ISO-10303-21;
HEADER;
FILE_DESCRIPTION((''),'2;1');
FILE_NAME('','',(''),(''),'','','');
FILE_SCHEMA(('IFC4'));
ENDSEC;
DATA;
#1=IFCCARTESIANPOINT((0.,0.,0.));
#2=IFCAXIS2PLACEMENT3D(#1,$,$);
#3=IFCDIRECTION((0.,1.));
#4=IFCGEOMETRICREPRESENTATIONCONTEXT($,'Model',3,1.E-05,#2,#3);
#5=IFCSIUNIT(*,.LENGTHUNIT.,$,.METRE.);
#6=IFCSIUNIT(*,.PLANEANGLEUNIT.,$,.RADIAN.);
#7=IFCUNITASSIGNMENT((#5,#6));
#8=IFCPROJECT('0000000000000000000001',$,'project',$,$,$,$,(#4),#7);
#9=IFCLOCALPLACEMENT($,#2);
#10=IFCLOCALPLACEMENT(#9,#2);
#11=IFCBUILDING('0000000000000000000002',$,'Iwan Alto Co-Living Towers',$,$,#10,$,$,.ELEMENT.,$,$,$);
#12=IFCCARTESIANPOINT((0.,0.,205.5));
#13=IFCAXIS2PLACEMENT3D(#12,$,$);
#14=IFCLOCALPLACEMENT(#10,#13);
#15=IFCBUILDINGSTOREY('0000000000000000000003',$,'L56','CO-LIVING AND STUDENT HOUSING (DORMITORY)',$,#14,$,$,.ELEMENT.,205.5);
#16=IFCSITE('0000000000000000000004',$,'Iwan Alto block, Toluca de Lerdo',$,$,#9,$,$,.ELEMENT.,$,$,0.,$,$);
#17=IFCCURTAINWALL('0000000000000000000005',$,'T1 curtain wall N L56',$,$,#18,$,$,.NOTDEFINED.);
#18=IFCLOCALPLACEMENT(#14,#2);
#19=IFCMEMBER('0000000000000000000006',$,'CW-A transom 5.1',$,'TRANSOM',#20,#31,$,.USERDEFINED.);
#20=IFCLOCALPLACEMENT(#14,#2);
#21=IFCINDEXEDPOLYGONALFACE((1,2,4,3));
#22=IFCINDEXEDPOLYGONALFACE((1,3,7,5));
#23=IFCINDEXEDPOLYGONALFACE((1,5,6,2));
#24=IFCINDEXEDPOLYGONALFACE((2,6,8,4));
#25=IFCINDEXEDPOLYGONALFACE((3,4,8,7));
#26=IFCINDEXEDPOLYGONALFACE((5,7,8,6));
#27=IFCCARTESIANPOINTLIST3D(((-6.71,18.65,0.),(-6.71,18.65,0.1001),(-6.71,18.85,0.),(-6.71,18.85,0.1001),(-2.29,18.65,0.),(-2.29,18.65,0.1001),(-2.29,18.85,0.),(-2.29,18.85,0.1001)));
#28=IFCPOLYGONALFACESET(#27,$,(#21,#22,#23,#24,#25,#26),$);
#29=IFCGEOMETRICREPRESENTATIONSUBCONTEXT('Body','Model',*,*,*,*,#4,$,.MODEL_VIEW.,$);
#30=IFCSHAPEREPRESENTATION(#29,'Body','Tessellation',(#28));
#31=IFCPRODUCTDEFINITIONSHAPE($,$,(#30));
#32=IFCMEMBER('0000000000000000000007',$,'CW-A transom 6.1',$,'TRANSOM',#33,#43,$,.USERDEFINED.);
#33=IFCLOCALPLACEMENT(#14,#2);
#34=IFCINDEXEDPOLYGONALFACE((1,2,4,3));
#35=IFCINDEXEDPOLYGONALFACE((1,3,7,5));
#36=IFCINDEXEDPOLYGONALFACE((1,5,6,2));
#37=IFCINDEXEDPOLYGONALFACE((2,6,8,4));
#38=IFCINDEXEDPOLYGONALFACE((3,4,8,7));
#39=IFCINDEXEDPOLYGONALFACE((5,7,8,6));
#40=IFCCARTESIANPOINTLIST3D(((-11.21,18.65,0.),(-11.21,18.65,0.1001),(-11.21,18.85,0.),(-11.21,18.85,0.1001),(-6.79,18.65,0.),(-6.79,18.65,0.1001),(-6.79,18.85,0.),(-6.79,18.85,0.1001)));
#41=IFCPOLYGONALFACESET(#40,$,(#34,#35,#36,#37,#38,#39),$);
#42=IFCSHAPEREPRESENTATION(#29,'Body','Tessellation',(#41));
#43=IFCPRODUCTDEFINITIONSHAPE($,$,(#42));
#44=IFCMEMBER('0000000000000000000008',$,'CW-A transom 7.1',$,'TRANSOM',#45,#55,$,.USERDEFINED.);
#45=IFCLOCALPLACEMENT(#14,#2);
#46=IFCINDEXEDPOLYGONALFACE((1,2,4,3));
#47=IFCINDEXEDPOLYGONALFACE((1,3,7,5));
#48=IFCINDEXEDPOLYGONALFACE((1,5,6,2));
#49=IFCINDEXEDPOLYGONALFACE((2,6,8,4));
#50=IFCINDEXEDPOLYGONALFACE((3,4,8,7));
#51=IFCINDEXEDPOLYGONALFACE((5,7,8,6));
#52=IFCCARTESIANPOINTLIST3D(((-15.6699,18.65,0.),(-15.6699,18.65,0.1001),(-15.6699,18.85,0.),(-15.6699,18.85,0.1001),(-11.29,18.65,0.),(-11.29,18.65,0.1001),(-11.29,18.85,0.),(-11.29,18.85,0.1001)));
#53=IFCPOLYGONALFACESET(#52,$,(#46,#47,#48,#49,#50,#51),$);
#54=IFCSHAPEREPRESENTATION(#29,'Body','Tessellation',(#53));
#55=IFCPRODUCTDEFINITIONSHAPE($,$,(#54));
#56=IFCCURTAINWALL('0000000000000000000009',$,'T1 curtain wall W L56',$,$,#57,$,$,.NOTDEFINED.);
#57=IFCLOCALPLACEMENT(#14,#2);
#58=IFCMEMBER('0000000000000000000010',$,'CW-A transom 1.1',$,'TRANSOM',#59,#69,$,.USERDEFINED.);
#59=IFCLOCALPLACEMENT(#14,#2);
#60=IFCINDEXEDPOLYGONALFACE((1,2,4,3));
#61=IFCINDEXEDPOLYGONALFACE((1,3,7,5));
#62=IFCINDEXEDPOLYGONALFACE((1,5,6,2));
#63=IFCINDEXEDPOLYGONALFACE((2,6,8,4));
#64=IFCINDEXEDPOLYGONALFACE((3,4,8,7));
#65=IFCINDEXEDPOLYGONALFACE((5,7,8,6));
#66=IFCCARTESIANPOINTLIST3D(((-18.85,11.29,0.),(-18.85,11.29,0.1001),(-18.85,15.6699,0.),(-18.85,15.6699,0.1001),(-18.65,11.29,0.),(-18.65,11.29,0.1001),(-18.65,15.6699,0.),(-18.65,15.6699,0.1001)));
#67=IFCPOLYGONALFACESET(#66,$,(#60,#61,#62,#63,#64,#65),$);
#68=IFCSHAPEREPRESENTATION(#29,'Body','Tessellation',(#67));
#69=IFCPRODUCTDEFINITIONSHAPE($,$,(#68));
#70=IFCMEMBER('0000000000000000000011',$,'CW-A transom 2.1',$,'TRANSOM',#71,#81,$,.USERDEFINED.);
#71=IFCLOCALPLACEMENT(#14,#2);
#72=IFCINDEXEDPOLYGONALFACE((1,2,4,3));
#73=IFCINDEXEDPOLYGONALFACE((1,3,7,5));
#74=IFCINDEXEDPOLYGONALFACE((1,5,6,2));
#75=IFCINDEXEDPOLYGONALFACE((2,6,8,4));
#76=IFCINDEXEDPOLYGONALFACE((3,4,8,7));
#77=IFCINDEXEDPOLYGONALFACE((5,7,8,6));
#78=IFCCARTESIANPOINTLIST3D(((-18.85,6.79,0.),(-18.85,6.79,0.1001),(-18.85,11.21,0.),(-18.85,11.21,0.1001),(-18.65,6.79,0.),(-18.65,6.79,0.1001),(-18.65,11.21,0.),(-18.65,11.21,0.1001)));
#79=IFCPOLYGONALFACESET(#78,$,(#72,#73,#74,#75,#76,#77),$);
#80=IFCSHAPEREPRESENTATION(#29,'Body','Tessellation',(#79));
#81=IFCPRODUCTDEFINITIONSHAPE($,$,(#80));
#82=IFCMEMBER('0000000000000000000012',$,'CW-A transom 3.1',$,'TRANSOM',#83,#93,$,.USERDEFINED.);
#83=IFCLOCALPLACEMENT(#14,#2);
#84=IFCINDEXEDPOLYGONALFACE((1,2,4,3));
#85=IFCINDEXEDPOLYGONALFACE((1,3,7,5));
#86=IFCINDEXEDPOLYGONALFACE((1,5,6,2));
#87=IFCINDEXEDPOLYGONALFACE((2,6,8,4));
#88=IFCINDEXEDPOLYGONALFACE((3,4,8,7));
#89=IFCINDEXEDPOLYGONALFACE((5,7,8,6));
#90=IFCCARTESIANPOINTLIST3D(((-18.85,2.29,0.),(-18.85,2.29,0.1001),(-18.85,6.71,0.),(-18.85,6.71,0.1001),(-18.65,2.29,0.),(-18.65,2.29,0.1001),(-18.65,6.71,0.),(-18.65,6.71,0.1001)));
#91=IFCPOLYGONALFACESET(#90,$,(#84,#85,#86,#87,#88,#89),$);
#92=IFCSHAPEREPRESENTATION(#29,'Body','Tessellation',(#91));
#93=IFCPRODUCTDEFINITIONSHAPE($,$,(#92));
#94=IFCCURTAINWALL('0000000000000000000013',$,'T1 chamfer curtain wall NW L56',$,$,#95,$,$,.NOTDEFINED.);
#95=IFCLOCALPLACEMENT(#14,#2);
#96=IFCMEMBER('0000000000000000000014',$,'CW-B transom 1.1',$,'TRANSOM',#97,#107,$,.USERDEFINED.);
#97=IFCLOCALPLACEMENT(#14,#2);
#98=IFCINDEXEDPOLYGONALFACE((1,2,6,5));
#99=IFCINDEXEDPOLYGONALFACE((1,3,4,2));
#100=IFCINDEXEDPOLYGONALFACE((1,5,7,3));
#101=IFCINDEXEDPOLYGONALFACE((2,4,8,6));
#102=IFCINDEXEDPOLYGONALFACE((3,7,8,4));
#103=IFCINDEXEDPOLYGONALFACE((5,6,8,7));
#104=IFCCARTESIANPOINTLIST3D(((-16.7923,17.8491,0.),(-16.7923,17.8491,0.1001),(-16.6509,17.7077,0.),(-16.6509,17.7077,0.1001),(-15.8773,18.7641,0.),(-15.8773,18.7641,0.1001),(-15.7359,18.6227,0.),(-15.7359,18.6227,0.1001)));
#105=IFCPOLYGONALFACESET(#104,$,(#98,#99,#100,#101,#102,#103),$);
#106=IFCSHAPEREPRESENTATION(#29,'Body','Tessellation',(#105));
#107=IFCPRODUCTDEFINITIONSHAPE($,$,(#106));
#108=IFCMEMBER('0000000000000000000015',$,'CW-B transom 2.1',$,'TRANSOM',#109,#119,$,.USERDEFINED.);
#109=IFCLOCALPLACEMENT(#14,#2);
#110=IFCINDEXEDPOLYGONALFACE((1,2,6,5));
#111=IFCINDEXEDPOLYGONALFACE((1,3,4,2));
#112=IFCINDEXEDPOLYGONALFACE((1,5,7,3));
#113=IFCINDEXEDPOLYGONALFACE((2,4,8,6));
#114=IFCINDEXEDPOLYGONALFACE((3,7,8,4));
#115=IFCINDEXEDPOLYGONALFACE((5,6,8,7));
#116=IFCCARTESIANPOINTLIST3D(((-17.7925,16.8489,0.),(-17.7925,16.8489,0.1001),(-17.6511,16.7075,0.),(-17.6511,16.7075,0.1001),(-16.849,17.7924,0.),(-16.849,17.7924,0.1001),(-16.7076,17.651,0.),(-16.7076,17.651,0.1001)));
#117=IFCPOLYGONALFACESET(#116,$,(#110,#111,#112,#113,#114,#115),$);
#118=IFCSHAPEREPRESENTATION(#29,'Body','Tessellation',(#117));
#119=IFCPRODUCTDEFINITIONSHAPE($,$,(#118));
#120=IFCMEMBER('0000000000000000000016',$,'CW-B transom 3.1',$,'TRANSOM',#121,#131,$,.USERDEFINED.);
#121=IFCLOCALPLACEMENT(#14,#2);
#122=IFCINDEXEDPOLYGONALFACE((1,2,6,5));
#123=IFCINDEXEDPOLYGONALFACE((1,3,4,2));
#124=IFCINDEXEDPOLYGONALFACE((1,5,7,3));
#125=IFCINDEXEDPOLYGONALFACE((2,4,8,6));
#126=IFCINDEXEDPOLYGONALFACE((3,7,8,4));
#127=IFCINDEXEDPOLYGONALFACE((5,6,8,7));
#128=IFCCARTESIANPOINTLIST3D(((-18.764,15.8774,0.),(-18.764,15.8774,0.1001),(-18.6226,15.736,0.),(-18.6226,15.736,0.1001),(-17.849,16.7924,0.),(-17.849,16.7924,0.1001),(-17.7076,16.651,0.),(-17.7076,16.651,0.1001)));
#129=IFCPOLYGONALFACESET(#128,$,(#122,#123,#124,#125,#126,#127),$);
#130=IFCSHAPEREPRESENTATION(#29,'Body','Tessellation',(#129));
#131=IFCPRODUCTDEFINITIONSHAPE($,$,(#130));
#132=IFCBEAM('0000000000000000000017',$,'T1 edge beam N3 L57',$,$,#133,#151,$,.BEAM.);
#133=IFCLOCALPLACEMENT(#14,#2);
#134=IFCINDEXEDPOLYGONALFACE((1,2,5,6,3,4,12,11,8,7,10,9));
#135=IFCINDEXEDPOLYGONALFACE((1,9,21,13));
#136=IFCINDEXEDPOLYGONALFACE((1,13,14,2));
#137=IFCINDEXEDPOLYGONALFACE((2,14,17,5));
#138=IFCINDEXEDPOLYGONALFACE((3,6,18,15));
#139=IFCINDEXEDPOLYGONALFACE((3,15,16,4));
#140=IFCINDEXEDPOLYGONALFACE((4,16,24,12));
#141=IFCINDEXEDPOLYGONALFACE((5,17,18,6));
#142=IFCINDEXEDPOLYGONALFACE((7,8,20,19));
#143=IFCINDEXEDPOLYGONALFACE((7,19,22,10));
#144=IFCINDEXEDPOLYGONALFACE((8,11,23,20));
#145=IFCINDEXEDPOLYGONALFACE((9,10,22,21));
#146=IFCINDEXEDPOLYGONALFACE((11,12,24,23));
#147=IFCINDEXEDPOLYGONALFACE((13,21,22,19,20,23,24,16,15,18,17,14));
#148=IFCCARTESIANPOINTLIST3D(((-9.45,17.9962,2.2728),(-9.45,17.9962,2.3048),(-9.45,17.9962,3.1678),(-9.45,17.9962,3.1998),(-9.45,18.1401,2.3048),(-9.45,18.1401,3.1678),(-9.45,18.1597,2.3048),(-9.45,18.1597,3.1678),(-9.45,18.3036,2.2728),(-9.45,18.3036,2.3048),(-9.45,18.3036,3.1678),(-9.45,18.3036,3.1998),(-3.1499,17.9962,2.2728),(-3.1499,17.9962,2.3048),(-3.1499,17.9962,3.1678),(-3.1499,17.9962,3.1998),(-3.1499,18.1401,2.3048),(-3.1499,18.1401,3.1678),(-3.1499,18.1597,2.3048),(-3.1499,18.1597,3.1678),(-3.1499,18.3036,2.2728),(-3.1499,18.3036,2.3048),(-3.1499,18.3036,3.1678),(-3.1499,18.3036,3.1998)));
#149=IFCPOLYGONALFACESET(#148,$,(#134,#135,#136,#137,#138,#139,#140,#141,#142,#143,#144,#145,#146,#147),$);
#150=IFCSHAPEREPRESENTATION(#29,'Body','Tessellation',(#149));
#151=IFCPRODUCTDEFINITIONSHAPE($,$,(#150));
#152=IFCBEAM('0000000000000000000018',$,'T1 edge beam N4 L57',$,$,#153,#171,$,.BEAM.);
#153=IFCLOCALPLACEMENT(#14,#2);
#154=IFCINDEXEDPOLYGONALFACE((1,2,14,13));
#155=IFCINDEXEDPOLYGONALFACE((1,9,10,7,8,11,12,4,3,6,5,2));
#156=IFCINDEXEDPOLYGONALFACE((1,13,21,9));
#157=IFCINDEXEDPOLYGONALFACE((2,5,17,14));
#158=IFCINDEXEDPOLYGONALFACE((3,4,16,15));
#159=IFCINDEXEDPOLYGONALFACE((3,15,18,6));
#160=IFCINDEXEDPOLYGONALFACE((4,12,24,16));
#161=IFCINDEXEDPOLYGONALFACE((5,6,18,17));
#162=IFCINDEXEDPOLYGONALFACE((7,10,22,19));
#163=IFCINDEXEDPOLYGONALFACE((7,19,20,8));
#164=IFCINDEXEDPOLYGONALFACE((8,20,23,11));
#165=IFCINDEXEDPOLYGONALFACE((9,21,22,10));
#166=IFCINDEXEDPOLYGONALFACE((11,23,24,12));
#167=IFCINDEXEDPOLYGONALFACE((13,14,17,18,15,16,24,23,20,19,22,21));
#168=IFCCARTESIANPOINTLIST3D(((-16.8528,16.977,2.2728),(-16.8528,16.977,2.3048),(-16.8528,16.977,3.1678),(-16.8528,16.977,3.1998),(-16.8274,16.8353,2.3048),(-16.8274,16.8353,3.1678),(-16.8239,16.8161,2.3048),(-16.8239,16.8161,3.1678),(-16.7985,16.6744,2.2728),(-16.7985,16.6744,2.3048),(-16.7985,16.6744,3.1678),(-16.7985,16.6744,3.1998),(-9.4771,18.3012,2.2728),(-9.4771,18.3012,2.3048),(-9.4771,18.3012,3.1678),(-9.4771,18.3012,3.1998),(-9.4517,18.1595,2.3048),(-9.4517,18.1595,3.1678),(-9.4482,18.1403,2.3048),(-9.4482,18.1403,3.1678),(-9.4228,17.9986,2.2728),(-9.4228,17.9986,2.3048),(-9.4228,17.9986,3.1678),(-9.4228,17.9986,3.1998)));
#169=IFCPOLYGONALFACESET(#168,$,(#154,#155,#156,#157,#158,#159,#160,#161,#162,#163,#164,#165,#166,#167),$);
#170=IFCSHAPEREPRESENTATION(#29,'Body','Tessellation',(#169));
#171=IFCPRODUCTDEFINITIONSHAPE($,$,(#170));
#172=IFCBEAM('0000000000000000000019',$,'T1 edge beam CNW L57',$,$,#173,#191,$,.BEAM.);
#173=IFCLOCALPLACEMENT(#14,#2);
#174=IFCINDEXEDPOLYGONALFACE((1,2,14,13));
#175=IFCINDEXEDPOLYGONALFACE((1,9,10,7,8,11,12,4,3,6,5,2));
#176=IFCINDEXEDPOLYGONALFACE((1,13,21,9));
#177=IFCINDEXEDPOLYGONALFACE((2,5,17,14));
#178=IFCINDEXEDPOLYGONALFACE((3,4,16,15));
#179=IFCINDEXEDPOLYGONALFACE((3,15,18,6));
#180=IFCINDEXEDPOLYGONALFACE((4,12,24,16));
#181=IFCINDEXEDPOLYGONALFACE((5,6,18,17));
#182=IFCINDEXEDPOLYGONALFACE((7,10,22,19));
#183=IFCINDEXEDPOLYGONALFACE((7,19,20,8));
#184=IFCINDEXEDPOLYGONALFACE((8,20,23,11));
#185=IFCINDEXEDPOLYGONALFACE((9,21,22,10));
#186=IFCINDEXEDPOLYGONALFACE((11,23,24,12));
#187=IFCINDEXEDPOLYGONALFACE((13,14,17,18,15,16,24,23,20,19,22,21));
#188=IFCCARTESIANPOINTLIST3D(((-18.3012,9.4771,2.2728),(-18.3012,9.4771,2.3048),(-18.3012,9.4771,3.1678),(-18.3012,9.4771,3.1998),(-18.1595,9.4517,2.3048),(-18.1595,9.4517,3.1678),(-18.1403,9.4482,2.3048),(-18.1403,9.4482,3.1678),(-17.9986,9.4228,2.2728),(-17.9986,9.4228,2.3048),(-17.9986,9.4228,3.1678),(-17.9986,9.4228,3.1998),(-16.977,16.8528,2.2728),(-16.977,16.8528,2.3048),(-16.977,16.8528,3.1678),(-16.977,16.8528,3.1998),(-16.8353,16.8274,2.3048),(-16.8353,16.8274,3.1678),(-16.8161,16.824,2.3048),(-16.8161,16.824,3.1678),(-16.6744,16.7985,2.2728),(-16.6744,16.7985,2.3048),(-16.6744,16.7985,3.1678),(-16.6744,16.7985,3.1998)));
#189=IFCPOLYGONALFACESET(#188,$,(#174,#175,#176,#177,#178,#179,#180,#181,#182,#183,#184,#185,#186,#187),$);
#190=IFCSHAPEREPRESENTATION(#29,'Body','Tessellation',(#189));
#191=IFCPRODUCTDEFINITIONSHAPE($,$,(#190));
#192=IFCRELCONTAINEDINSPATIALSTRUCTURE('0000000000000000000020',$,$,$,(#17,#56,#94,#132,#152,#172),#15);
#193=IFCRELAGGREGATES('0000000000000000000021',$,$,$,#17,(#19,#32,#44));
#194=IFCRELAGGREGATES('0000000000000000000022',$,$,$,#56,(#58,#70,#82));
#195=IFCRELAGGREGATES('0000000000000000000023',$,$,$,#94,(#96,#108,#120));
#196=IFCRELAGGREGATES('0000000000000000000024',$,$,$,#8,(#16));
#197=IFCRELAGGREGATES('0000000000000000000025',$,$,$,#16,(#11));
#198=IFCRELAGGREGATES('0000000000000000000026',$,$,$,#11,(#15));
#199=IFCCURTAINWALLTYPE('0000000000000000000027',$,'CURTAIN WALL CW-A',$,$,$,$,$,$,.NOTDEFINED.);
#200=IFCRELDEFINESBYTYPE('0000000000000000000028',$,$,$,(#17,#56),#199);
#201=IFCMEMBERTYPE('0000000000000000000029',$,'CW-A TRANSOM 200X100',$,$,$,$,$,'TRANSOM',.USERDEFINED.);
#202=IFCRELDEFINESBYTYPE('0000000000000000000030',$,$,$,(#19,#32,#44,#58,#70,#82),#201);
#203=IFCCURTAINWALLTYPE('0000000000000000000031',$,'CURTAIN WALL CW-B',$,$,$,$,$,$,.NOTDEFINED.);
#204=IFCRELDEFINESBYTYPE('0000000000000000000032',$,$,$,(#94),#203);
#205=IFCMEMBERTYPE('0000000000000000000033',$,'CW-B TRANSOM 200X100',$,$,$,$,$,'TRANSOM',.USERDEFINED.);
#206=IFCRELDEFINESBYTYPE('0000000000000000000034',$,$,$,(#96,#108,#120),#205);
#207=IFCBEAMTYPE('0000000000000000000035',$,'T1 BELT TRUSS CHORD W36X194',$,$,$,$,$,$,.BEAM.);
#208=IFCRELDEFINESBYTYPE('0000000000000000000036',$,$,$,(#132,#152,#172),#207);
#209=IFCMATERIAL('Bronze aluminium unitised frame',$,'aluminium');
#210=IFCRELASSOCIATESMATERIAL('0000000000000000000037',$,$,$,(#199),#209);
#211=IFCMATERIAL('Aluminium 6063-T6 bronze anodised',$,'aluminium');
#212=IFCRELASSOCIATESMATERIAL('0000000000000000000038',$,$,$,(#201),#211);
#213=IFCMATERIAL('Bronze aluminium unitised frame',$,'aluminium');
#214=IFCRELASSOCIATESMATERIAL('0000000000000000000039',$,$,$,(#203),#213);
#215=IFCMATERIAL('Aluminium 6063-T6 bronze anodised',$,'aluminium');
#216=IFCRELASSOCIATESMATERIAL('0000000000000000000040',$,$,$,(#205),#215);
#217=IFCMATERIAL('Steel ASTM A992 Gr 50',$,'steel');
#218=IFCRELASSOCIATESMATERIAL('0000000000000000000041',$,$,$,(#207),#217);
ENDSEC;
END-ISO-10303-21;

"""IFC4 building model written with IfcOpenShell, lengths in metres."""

from ifc_helpers import new_model, si_unit, direction, frame, origin, origin_2d, place, context, subcontext, project, spatial, rectangle, i_section, extrude, material, material_profile, profile_set, type_object, element, aggregate, save


model = new_model("IFC4")

# Units and contexts
model_context = context("Model", 3, precision=1e-05, world=origin(), true_north=direction((0.0, 1.0)))
body_context = subcontext(model_context, "Body", "Model", "MODEL_VIEW")
ifc_project = project(units=[si_unit("LENGTHUNIT", "METRE"), si_unit("PLANEANGLEUNIT", "RADIAN")], contexts=[model_context])

# Site, building, storey
site_placement = place(None, origin())
site = spatial("IfcSite", under=ifc_project, at=site_placement, Name="Iwan Alto block, Toluca de Lerdo", CompositionType="ELEMENT", RefElevation=0.0)
building_placement = place(site_placement, origin())
building = spatial("IfcBuilding", under=site, at=building_placement, Name="Iwan Alto Co-Living Towers", CompositionType="ELEMENT")
storey_placement = place(building_placement, frame((0.0, 0.0, 205.5)))
storey = spatial("IfcBuildingStorey", under=building, at=storey_placement, Name="L56", Description="CO-LIVING AND STUDENT HOUSING (DORMITORY)", CompositionType="ELEMENT", Elevation=205.5)

# Curtain walls, members
ifc_material_1 = material(Name="Bronze aluminium unitised frame", Category="aluminium")
curtain_wall_type_1 = type_object("IfcCurtainWallType", Name="CURTAIN WALL CW-A", PredefinedType="NOTDEFINED", material=ifc_material_1)
curtain_wall_1_placement = place(storey_placement, origin())
curtain_wall_1 = element("IfcCurtainWall", 1, at=curtain_wall_1_placement, inside=storey, type_object=curtain_wall_type_1, Name="T1 curtain wall N L56", PredefinedType="NOTDEFINED")
ifc_material_2 = material(Name="Aluminium 6063-T6 bronze anodised", Category="aluminium")
ifc_material_profile_1 = material_profile(ifc_material_2, rectangle(XDim=0.2, YDim=0.1001, at=origin_2d()), Name="AL 200X100")
ifc_profile_set_1 = profile_set([ifc_material_profile_1], Name="Aluminium 6063-T6 bronze anodised")
member_type_1 = type_object("IfcMemberType", Name="CW-A TRANSOM 200X100", ElementType="TRANSOM", PredefinedType="USERDEFINED", material=ifc_profile_set_1)
member_1_placement = place(storey_placement, frame((-2.29, 18.75, 0.05), z_axis=(-1.0, 0.0, 0.0), x_axis=(0.0, -1.0, 0.0)))
member_1 = element("IfcMember", 2, at=member_1_placement, type_object=member_type_1, Name="CW-A transom 5.1", ObjectType="TRANSOM", PredefinedType="USERDEFINED", context=body_context, shape_type="SweptSolid", body=[
    extrude(rectangle(XDim=0.2, YDim=0.1001, at=origin_2d()), origin(), (0.0, 0.0, 1.0), 4.4199),
])
member_2_placement = place(storey_placement, frame((-6.79, 18.75, 0.05), z_axis=(-1.0, 0.0, 0.0), x_axis=(0.0, -1.0, 0.0)))
member_2 = element("IfcMember", 3, at=member_2_placement, type_object=member_type_1, Name="CW-A transom 6.1", ObjectType="TRANSOM", PredefinedType="USERDEFINED", context=body_context, shape_type="SweptSolid", body=[
    extrude(rectangle(XDim=0.2, YDim=0.1001, at=origin_2d()), origin(), (0.0, 0.0, 1.0), 4.4199),
])
member_3_placement = place(storey_placement, frame((-11.29, 18.75, 0.05), z_axis=(-1.0, 0.0, 0.0), x_axis=(0.0, -1.0, 0.0)))
member_3 = element("IfcMember", 4, at=member_3_placement, type_object=member_type_1, Name="CW-A transom 7.1", ObjectType="TRANSOM", PredefinedType="USERDEFINED", context=body_context, shape_type="SweptSolid", body=[
    extrude(rectangle(XDim=0.2, YDim=0.1001, at=origin_2d()), origin(), (0.0, 0.0, 1.0), 4.3799),
])
curtain_wall_2_placement = place(storey_placement, origin())
curtain_wall_2 = element("IfcCurtainWall", 5, at=curtain_wall_2_placement, inside=storey, type_object=curtain_wall_type_1, Name="T1 curtain wall W L56", PredefinedType="NOTDEFINED")
member_4_placement = place(storey_placement, frame((-18.75, 15.6699, 0.05), z_axis=(0.0, -1.0, 0.0), x_axis=(1.0, 0.0, 0.0)))
member_4 = element("IfcMember", 6, at=member_4_placement, type_object=member_type_1, Name="CW-A transom 1.1", ObjectType="TRANSOM", PredefinedType="USERDEFINED", context=body_context, shape_type="SweptSolid", body=[
    extrude(rectangle(XDim=0.2, YDim=0.1001, at=origin_2d()), origin(), (0.0, 0.0, 1.0), 4.3799),
])
member_5_placement = place(storey_placement, frame((-18.75, 11.21, 0.05), z_axis=(0.0, -1.0, 0.0), x_axis=(1.0, 0.0, 0.0)))
member_5 = element("IfcMember", 7, at=member_5_placement, type_object=member_type_1, Name="CW-A transom 2.1", ObjectType="TRANSOM", PredefinedType="USERDEFINED", context=body_context, shape_type="SweptSolid", body=[
    extrude(rectangle(XDim=0.2, YDim=0.1001, at=origin_2d()), origin(), (0.0, 0.0, 1.0), 4.4199),
])
member_6_placement = place(storey_placement, frame((-18.75, 6.71, 0.05), z_axis=(0.0, -1.0, 0.0), x_axis=(1.0, 0.0, 0.0)))
member_6 = element("IfcMember", 8, at=member_6_placement, type_object=member_type_1, Name="CW-A transom 3.1", ObjectType="TRANSOM", PredefinedType="USERDEFINED", context=body_context, shape_type="SweptSolid", body=[
    extrude(rectangle(XDim=0.2, YDim=0.1001, at=origin_2d()), origin(), (0.0, 0.0, 1.0), 4.4199),
])
ifc_material_3 = material(Name="Bronze aluminium unitised frame", Category="aluminium")
curtain_wall_type_2 = type_object("IfcCurtainWallType", Name="CURTAIN WALL CW-B", PredefinedType="NOTDEFINED", material=ifc_material_3)
curtain_wall_3_placement = place(storey_placement, origin())
curtain_wall_3 = element("IfcCurtainWall", 9, at=curtain_wall_3_placement, inside=storey, type_object=curtain_wall_type_2, Name="T1 chamfer curtain wall NW L56", PredefinedType="NOTDEFINED")
ifc_material_4 = material(Name="Aluminium 6063-T6 bronze anodised", Category="aluminium")
ifc_material_profile_2 = material_profile(ifc_material_4, rectangle(XDim=0.2, YDim=0.1001, at=origin_2d()), Name="AL 200X100")
ifc_profile_set_2 = profile_set([ifc_material_profile_2], Name="Aluminium 6063-T6 bronze anodised")
member_type_2 = type_object("IfcMemberType", Name="CW-B TRANSOM 200X100", ElementType="TRANSOM", PredefinedType="USERDEFINED", material=ifc_profile_set_2)
member_7_placement = place(storey_placement, frame((-15.8066, 18.6934, 0.05), z_axis=(-0.707107, -0.707107, 0.0), x_axis=(0.707107, -0.707107, 0.0)))
member_7 = element("IfcMember", 10, at=member_7_placement, type_object=member_type_2, Name="CW-B transom 1.1", ObjectType="TRANSOM", PredefinedType="USERDEFINED", context=body_context, shape_type="SweptSolid", body=[
    extrude(rectangle(XDim=0.2, YDim=0.1001, at=origin_2d()), origin(), (0.0, 0.0, 1.0), 1.2939),
])
member_8_placement = place(storey_placement, frame((-16.7783, 17.7217, 0.05), z_axis=(-0.707107, -0.707107, 0.0), x_axis=(0.707107, -0.707107, 0.0)))
member_8 = element("IfcMember", 11, at=member_8_placement, type_object=member_type_2, Name="CW-B transom 2.1", ObjectType="TRANSOM", PredefinedType="USERDEFINED", context=body_context, shape_type="SweptSolid", body=[
    extrude(rectangle(XDim=0.2, YDim=0.1001, at=origin_2d()), origin(), (0.0, 0.0, 1.0), 1.3342),
])
member_9_placement = place(storey_placement, frame((-17.7783, 16.7217, 0.05), z_axis=(-0.707107, -0.707107, 0.0), x_axis=(0.707107, -0.707107, 0.0)))
member_9 = element("IfcMember", 12, at=member_9_placement, type_object=member_type_2, Name="CW-B transom 3.1", ObjectType="TRANSOM", PredefinedType="USERDEFINED", context=body_context, shape_type="SweptSolid", body=[
    extrude(rectangle(XDim=0.2, YDim=0.1001, at=origin_2d()), origin(), (0.0, 0.0, 1.0), 1.2939),
])

# Beams
ifc_material_5 = material(Name="Steel ASTM A992 Gr 50", Category="steel")
ifc_material_profile_3 = material_profile(ifc_material_5, i_section(OverallWidth=0.3074, OverallDepth=0.927, WebThickness=0.0195, FlangeThickness=0.032, at=origin_2d()), Name="W36X194")
ifc_profile_set_3 = profile_set([ifc_material_profile_3], Name="Steel ASTM A992 Gr 50")
beam_type_1 = type_object("IfcBeamType", Name="T1 BELT TRUSS CHORD W36X194", PredefinedType="BEAM", material=ifc_profile_set_3)
beam_1_placement = place(storey_placement, frame((-3.1499, 18.1499, 2.7363), z_axis=(-1.0, 0.0, 0.0), x_axis=(0.0, -1.0, 0.0)))
element("IfcBeam", 13, at=beam_1_placement, inside=storey, type_object=beam_type_1, Name="T1 edge beam N3 L57", PredefinedType="BEAM", context=body_context, shape_type="SweptSolid", body=[
    extrude(i_section(OverallWidth=0.3074, OverallDepth=0.927, WebThickness=0.0195, FlangeThickness=0.032, at=origin_2d()), origin(), (0.0, 0.0, 1.0), 6.3),
])
for number, where, z_axis, x_axis, name in (
    (14, (-9.45, 18.1499, 2.7363), (-0.984263, -0.176712, 0.0), (0.176712, -0.984263, 0.0), "T1 edge beam N4 L57"),
    (15, (-16.8257, 16.8257, 2.7363), (-0.176712, -0.984263, 0.0), (0.984263, -0.176712, 0.0), "T1 edge beam CNW L57"),
):
    element("IfcBeam", number, at=place(storey_placement, frame(where, z_axis=z_axis, x_axis=x_axis)), inside=storey, type_object=beam_type_1, Name=name, PredefinedType="BEAM", context=body_context, shape_type="SweptSolid", body=[
        extrude(i_section(OverallWidth=0.3074, OverallDepth=0.927, WebThickness=0.0195, FlangeThickness=0.032, at=origin_2d()), origin(), (0.0, 0.0, 1.0), 7.4937),
    ])

aggregate(curtain_wall_1, [member_1, member_2, member_3])
aggregate(curtain_wall_2, [member_4, member_5, member_6])
aggregate(curtain_wall_3, [member_7, member_8, member_9])

save(model, "model.ifc")
